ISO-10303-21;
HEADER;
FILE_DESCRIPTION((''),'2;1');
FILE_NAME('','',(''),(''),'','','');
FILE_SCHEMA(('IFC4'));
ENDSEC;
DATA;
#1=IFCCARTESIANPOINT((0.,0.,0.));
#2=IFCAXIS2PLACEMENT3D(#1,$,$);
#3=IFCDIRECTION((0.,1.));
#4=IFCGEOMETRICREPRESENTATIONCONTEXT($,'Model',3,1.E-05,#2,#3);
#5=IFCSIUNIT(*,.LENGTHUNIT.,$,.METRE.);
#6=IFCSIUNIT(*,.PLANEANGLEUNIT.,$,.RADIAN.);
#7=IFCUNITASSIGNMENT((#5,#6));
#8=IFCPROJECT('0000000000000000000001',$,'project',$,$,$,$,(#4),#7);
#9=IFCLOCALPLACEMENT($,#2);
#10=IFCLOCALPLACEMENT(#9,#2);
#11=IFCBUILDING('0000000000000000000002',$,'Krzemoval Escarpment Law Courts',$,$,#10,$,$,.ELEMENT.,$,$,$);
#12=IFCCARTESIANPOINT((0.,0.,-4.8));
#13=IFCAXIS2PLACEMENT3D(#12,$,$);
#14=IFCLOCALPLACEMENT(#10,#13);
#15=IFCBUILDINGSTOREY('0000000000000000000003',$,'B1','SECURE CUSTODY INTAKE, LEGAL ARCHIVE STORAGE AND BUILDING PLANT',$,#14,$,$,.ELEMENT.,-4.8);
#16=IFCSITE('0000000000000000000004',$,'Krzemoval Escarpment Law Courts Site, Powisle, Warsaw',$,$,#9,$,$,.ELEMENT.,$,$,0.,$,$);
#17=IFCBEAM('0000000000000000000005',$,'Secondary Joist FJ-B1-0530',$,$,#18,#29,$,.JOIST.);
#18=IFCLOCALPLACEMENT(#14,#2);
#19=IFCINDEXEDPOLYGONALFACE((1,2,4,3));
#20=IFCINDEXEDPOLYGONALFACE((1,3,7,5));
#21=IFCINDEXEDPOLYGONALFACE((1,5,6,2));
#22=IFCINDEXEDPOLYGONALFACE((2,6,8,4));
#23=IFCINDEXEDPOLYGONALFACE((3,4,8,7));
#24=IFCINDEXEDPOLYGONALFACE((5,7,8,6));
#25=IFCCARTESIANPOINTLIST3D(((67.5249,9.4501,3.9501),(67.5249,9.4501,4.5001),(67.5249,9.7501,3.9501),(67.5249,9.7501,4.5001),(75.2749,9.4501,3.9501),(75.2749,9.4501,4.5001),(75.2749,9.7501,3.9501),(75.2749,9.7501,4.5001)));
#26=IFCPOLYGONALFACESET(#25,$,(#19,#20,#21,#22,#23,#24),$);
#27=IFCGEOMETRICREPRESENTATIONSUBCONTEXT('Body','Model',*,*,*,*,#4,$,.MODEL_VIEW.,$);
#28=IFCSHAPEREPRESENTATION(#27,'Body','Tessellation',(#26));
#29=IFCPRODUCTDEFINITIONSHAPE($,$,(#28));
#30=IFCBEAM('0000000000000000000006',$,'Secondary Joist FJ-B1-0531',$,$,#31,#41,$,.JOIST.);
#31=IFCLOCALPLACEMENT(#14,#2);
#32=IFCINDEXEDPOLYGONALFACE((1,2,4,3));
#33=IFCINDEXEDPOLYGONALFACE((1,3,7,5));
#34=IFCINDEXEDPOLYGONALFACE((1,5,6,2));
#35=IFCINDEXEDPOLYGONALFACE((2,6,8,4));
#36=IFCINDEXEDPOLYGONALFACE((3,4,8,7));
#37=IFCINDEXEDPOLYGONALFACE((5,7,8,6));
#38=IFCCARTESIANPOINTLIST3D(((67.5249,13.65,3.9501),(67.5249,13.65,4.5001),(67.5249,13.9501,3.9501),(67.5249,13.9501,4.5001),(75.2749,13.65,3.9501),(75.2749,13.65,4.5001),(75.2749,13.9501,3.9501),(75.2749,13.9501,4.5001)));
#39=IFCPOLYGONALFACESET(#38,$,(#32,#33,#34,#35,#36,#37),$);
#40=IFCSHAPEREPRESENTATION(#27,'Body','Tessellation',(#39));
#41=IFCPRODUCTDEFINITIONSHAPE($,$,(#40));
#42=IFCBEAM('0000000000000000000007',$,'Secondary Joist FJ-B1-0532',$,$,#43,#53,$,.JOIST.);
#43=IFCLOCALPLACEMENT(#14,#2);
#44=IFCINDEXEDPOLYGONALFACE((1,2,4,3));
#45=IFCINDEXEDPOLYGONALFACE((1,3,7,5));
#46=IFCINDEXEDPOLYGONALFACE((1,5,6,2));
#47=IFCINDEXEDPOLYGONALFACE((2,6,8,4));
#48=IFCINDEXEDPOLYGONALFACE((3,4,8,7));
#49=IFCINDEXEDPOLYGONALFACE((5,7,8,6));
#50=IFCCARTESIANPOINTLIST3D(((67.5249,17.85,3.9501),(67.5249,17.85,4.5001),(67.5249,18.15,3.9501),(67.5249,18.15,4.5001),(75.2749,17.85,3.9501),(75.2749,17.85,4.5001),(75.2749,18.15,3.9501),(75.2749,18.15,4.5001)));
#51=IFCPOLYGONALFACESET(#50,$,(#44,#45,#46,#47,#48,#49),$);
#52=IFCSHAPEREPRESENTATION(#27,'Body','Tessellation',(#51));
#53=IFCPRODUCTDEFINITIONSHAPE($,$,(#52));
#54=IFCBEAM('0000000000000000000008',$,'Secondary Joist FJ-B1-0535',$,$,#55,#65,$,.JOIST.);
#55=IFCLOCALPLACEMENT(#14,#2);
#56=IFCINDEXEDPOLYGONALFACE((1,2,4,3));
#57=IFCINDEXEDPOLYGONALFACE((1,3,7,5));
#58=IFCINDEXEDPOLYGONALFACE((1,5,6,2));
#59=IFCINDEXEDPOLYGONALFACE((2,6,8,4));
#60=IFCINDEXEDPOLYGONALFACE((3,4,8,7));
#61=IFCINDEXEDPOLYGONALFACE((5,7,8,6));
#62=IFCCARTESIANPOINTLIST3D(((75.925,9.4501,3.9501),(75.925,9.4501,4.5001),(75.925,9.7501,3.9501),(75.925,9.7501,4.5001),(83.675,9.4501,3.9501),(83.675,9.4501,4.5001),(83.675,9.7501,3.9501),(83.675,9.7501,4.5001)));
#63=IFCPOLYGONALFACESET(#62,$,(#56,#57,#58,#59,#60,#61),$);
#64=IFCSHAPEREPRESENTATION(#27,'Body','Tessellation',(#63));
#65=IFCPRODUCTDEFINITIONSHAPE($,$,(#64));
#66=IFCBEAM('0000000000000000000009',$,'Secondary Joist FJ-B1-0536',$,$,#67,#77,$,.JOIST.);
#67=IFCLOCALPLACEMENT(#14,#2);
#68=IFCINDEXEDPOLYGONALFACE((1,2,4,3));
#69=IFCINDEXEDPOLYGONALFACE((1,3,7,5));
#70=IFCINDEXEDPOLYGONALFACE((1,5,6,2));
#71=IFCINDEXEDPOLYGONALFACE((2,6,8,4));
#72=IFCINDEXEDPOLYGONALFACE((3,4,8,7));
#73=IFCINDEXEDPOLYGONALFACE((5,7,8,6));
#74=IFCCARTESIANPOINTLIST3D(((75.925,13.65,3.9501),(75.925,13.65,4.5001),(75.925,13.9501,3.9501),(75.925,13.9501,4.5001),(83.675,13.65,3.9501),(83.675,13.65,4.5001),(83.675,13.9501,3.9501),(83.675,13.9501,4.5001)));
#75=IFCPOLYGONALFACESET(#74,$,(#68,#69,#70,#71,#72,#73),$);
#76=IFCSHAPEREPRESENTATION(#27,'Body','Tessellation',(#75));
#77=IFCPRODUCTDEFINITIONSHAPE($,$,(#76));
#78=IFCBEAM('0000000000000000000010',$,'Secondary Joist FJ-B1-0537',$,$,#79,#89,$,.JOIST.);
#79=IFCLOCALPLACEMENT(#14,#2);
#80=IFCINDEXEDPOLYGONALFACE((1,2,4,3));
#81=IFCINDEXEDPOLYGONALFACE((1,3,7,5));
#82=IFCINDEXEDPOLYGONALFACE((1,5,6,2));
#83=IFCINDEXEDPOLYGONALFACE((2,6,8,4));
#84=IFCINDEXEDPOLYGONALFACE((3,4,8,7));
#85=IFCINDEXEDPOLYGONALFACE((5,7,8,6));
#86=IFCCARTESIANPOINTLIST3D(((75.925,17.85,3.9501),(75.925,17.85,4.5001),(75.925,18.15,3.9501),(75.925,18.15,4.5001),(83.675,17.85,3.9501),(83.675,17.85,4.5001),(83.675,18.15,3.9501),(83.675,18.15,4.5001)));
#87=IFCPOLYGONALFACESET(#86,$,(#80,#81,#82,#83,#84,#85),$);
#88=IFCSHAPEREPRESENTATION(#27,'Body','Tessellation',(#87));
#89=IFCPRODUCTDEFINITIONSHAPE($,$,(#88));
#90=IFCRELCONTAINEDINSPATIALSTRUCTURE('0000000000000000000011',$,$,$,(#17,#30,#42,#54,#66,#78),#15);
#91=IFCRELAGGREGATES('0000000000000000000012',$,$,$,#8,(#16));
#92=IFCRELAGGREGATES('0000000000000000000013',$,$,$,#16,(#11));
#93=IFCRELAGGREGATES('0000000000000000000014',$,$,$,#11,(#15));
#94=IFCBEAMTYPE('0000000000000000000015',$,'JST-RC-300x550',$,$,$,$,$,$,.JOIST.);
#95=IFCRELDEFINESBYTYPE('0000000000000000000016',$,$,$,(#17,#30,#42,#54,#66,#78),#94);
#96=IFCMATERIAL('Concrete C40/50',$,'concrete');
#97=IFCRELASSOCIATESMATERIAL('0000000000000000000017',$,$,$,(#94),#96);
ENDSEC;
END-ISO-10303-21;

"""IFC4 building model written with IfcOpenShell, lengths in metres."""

from ifc_helpers import new_model, si_unit, direction, frame, origin, origin_2d, place, context, subcontext, project, spatial, rectangle, extrude, material, material_profile, profile_set, type_object, element, save


model = new_model("IFC4")

# Units and contexts
model_context = context("Model", 3, precision=1e-05, world=origin(), true_north=direction((0.0, 1.0)))
body_context = subcontext(model_context, "Body", "Model", "MODEL_VIEW")
ifc_project = project(units=[si_unit("LENGTHUNIT", "METRE"), si_unit("PLANEANGLEUNIT", "RADIAN")], contexts=[model_context])

# Site, building, storey
site_placement = place(None, origin())
site = spatial("IfcSite", under=ifc_project, at=site_placement, Name="Krzemoval Escarpment Law Courts Site, Powisle, Warsaw", CompositionType="ELEMENT", RefElevation=0.0)
building_placement = place(site_placement, origin())
building = spatial("IfcBuilding", under=site, at=building_placement, Name="Krzemoval Escarpment Law Courts", CompositionType="ELEMENT")
storey_placement = place(building_placement, frame((0.0, 0.0, -4.8)))
storey = spatial("IfcBuildingStorey", under=building, at=storey_placement, Name="B1", Description="SECURE CUSTODY INTAKE, LEGAL ARCHIVE STORAGE AND BUILDING PLANT", CompositionType="ELEMENT", Elevation=-4.8)

# Beams
ifc_material_1 = material(Name="Concrete C40/50", Category="concrete")
ifc_material_profile_1 = material_profile(ifc_material_1, rectangle(XDim=0.3, YDim=0.55, at=origin_2d()), Name="RCB 300x550")
ifc_profile_set_1 = profile_set([ifc_material_profile_1], Name="Concrete C40/50")
beam_type_1 = type_object("IfcBeamType", Name="JST-RC-300x550", PredefinedType="JOIST", material=ifc_profile_set_1)
for number, where, z_axis, x_axis, name in (
    (1, (67.5249, 9.6001, 4.2251), (1.0, 0.0, 0.0), (0.0, 1.0, 0.0), "Secondary Joist FJ-B1-0530"),
    (2, (67.5249, 13.8, 4.2251), (1.0, 0.0, 0.0), (0.0, 1.0, 0.0), "Secondary Joist FJ-B1-0531"),
    (3, (67.5249, 18.0, 4.2251), (1.0, 0.0, 0.0), (0.0, 1.0, 0.0), "Secondary Joist FJ-B1-0532"),
    (4, (75.925, 9.6001, 4.2251), (1.0, 0.0, 0.0), (0.0, 1.0, 0.0), "Secondary Joist FJ-B1-0535"),
    (5, (75.925, 13.8, 4.2251), (1.0, 0.0, 0.0), (0.0, 1.0, 0.0), "Secondary Joist FJ-B1-0536"),
    (6, (75.925, 18.0, 4.2251), (1.0, 0.0, 0.0), (0.0, 1.0, 0.0), "Secondary Joist FJ-B1-0537"),
):
    element("IfcBeam", number, at=place(storey_placement, frame(where, z_axis=z_axis, x_axis=x_axis)), inside=storey, type_object=beam_type_1, Name=name, PredefinedType="JOIST", context=body_context, shape_type="SweptSolid", body=[
        extrude(rectangle(XDim=0.3, YDim=0.55, at=origin_2d()), origin(), (0.0, 0.0, 1.0), 7.75),
    ])

save(model, "model.ifc")
